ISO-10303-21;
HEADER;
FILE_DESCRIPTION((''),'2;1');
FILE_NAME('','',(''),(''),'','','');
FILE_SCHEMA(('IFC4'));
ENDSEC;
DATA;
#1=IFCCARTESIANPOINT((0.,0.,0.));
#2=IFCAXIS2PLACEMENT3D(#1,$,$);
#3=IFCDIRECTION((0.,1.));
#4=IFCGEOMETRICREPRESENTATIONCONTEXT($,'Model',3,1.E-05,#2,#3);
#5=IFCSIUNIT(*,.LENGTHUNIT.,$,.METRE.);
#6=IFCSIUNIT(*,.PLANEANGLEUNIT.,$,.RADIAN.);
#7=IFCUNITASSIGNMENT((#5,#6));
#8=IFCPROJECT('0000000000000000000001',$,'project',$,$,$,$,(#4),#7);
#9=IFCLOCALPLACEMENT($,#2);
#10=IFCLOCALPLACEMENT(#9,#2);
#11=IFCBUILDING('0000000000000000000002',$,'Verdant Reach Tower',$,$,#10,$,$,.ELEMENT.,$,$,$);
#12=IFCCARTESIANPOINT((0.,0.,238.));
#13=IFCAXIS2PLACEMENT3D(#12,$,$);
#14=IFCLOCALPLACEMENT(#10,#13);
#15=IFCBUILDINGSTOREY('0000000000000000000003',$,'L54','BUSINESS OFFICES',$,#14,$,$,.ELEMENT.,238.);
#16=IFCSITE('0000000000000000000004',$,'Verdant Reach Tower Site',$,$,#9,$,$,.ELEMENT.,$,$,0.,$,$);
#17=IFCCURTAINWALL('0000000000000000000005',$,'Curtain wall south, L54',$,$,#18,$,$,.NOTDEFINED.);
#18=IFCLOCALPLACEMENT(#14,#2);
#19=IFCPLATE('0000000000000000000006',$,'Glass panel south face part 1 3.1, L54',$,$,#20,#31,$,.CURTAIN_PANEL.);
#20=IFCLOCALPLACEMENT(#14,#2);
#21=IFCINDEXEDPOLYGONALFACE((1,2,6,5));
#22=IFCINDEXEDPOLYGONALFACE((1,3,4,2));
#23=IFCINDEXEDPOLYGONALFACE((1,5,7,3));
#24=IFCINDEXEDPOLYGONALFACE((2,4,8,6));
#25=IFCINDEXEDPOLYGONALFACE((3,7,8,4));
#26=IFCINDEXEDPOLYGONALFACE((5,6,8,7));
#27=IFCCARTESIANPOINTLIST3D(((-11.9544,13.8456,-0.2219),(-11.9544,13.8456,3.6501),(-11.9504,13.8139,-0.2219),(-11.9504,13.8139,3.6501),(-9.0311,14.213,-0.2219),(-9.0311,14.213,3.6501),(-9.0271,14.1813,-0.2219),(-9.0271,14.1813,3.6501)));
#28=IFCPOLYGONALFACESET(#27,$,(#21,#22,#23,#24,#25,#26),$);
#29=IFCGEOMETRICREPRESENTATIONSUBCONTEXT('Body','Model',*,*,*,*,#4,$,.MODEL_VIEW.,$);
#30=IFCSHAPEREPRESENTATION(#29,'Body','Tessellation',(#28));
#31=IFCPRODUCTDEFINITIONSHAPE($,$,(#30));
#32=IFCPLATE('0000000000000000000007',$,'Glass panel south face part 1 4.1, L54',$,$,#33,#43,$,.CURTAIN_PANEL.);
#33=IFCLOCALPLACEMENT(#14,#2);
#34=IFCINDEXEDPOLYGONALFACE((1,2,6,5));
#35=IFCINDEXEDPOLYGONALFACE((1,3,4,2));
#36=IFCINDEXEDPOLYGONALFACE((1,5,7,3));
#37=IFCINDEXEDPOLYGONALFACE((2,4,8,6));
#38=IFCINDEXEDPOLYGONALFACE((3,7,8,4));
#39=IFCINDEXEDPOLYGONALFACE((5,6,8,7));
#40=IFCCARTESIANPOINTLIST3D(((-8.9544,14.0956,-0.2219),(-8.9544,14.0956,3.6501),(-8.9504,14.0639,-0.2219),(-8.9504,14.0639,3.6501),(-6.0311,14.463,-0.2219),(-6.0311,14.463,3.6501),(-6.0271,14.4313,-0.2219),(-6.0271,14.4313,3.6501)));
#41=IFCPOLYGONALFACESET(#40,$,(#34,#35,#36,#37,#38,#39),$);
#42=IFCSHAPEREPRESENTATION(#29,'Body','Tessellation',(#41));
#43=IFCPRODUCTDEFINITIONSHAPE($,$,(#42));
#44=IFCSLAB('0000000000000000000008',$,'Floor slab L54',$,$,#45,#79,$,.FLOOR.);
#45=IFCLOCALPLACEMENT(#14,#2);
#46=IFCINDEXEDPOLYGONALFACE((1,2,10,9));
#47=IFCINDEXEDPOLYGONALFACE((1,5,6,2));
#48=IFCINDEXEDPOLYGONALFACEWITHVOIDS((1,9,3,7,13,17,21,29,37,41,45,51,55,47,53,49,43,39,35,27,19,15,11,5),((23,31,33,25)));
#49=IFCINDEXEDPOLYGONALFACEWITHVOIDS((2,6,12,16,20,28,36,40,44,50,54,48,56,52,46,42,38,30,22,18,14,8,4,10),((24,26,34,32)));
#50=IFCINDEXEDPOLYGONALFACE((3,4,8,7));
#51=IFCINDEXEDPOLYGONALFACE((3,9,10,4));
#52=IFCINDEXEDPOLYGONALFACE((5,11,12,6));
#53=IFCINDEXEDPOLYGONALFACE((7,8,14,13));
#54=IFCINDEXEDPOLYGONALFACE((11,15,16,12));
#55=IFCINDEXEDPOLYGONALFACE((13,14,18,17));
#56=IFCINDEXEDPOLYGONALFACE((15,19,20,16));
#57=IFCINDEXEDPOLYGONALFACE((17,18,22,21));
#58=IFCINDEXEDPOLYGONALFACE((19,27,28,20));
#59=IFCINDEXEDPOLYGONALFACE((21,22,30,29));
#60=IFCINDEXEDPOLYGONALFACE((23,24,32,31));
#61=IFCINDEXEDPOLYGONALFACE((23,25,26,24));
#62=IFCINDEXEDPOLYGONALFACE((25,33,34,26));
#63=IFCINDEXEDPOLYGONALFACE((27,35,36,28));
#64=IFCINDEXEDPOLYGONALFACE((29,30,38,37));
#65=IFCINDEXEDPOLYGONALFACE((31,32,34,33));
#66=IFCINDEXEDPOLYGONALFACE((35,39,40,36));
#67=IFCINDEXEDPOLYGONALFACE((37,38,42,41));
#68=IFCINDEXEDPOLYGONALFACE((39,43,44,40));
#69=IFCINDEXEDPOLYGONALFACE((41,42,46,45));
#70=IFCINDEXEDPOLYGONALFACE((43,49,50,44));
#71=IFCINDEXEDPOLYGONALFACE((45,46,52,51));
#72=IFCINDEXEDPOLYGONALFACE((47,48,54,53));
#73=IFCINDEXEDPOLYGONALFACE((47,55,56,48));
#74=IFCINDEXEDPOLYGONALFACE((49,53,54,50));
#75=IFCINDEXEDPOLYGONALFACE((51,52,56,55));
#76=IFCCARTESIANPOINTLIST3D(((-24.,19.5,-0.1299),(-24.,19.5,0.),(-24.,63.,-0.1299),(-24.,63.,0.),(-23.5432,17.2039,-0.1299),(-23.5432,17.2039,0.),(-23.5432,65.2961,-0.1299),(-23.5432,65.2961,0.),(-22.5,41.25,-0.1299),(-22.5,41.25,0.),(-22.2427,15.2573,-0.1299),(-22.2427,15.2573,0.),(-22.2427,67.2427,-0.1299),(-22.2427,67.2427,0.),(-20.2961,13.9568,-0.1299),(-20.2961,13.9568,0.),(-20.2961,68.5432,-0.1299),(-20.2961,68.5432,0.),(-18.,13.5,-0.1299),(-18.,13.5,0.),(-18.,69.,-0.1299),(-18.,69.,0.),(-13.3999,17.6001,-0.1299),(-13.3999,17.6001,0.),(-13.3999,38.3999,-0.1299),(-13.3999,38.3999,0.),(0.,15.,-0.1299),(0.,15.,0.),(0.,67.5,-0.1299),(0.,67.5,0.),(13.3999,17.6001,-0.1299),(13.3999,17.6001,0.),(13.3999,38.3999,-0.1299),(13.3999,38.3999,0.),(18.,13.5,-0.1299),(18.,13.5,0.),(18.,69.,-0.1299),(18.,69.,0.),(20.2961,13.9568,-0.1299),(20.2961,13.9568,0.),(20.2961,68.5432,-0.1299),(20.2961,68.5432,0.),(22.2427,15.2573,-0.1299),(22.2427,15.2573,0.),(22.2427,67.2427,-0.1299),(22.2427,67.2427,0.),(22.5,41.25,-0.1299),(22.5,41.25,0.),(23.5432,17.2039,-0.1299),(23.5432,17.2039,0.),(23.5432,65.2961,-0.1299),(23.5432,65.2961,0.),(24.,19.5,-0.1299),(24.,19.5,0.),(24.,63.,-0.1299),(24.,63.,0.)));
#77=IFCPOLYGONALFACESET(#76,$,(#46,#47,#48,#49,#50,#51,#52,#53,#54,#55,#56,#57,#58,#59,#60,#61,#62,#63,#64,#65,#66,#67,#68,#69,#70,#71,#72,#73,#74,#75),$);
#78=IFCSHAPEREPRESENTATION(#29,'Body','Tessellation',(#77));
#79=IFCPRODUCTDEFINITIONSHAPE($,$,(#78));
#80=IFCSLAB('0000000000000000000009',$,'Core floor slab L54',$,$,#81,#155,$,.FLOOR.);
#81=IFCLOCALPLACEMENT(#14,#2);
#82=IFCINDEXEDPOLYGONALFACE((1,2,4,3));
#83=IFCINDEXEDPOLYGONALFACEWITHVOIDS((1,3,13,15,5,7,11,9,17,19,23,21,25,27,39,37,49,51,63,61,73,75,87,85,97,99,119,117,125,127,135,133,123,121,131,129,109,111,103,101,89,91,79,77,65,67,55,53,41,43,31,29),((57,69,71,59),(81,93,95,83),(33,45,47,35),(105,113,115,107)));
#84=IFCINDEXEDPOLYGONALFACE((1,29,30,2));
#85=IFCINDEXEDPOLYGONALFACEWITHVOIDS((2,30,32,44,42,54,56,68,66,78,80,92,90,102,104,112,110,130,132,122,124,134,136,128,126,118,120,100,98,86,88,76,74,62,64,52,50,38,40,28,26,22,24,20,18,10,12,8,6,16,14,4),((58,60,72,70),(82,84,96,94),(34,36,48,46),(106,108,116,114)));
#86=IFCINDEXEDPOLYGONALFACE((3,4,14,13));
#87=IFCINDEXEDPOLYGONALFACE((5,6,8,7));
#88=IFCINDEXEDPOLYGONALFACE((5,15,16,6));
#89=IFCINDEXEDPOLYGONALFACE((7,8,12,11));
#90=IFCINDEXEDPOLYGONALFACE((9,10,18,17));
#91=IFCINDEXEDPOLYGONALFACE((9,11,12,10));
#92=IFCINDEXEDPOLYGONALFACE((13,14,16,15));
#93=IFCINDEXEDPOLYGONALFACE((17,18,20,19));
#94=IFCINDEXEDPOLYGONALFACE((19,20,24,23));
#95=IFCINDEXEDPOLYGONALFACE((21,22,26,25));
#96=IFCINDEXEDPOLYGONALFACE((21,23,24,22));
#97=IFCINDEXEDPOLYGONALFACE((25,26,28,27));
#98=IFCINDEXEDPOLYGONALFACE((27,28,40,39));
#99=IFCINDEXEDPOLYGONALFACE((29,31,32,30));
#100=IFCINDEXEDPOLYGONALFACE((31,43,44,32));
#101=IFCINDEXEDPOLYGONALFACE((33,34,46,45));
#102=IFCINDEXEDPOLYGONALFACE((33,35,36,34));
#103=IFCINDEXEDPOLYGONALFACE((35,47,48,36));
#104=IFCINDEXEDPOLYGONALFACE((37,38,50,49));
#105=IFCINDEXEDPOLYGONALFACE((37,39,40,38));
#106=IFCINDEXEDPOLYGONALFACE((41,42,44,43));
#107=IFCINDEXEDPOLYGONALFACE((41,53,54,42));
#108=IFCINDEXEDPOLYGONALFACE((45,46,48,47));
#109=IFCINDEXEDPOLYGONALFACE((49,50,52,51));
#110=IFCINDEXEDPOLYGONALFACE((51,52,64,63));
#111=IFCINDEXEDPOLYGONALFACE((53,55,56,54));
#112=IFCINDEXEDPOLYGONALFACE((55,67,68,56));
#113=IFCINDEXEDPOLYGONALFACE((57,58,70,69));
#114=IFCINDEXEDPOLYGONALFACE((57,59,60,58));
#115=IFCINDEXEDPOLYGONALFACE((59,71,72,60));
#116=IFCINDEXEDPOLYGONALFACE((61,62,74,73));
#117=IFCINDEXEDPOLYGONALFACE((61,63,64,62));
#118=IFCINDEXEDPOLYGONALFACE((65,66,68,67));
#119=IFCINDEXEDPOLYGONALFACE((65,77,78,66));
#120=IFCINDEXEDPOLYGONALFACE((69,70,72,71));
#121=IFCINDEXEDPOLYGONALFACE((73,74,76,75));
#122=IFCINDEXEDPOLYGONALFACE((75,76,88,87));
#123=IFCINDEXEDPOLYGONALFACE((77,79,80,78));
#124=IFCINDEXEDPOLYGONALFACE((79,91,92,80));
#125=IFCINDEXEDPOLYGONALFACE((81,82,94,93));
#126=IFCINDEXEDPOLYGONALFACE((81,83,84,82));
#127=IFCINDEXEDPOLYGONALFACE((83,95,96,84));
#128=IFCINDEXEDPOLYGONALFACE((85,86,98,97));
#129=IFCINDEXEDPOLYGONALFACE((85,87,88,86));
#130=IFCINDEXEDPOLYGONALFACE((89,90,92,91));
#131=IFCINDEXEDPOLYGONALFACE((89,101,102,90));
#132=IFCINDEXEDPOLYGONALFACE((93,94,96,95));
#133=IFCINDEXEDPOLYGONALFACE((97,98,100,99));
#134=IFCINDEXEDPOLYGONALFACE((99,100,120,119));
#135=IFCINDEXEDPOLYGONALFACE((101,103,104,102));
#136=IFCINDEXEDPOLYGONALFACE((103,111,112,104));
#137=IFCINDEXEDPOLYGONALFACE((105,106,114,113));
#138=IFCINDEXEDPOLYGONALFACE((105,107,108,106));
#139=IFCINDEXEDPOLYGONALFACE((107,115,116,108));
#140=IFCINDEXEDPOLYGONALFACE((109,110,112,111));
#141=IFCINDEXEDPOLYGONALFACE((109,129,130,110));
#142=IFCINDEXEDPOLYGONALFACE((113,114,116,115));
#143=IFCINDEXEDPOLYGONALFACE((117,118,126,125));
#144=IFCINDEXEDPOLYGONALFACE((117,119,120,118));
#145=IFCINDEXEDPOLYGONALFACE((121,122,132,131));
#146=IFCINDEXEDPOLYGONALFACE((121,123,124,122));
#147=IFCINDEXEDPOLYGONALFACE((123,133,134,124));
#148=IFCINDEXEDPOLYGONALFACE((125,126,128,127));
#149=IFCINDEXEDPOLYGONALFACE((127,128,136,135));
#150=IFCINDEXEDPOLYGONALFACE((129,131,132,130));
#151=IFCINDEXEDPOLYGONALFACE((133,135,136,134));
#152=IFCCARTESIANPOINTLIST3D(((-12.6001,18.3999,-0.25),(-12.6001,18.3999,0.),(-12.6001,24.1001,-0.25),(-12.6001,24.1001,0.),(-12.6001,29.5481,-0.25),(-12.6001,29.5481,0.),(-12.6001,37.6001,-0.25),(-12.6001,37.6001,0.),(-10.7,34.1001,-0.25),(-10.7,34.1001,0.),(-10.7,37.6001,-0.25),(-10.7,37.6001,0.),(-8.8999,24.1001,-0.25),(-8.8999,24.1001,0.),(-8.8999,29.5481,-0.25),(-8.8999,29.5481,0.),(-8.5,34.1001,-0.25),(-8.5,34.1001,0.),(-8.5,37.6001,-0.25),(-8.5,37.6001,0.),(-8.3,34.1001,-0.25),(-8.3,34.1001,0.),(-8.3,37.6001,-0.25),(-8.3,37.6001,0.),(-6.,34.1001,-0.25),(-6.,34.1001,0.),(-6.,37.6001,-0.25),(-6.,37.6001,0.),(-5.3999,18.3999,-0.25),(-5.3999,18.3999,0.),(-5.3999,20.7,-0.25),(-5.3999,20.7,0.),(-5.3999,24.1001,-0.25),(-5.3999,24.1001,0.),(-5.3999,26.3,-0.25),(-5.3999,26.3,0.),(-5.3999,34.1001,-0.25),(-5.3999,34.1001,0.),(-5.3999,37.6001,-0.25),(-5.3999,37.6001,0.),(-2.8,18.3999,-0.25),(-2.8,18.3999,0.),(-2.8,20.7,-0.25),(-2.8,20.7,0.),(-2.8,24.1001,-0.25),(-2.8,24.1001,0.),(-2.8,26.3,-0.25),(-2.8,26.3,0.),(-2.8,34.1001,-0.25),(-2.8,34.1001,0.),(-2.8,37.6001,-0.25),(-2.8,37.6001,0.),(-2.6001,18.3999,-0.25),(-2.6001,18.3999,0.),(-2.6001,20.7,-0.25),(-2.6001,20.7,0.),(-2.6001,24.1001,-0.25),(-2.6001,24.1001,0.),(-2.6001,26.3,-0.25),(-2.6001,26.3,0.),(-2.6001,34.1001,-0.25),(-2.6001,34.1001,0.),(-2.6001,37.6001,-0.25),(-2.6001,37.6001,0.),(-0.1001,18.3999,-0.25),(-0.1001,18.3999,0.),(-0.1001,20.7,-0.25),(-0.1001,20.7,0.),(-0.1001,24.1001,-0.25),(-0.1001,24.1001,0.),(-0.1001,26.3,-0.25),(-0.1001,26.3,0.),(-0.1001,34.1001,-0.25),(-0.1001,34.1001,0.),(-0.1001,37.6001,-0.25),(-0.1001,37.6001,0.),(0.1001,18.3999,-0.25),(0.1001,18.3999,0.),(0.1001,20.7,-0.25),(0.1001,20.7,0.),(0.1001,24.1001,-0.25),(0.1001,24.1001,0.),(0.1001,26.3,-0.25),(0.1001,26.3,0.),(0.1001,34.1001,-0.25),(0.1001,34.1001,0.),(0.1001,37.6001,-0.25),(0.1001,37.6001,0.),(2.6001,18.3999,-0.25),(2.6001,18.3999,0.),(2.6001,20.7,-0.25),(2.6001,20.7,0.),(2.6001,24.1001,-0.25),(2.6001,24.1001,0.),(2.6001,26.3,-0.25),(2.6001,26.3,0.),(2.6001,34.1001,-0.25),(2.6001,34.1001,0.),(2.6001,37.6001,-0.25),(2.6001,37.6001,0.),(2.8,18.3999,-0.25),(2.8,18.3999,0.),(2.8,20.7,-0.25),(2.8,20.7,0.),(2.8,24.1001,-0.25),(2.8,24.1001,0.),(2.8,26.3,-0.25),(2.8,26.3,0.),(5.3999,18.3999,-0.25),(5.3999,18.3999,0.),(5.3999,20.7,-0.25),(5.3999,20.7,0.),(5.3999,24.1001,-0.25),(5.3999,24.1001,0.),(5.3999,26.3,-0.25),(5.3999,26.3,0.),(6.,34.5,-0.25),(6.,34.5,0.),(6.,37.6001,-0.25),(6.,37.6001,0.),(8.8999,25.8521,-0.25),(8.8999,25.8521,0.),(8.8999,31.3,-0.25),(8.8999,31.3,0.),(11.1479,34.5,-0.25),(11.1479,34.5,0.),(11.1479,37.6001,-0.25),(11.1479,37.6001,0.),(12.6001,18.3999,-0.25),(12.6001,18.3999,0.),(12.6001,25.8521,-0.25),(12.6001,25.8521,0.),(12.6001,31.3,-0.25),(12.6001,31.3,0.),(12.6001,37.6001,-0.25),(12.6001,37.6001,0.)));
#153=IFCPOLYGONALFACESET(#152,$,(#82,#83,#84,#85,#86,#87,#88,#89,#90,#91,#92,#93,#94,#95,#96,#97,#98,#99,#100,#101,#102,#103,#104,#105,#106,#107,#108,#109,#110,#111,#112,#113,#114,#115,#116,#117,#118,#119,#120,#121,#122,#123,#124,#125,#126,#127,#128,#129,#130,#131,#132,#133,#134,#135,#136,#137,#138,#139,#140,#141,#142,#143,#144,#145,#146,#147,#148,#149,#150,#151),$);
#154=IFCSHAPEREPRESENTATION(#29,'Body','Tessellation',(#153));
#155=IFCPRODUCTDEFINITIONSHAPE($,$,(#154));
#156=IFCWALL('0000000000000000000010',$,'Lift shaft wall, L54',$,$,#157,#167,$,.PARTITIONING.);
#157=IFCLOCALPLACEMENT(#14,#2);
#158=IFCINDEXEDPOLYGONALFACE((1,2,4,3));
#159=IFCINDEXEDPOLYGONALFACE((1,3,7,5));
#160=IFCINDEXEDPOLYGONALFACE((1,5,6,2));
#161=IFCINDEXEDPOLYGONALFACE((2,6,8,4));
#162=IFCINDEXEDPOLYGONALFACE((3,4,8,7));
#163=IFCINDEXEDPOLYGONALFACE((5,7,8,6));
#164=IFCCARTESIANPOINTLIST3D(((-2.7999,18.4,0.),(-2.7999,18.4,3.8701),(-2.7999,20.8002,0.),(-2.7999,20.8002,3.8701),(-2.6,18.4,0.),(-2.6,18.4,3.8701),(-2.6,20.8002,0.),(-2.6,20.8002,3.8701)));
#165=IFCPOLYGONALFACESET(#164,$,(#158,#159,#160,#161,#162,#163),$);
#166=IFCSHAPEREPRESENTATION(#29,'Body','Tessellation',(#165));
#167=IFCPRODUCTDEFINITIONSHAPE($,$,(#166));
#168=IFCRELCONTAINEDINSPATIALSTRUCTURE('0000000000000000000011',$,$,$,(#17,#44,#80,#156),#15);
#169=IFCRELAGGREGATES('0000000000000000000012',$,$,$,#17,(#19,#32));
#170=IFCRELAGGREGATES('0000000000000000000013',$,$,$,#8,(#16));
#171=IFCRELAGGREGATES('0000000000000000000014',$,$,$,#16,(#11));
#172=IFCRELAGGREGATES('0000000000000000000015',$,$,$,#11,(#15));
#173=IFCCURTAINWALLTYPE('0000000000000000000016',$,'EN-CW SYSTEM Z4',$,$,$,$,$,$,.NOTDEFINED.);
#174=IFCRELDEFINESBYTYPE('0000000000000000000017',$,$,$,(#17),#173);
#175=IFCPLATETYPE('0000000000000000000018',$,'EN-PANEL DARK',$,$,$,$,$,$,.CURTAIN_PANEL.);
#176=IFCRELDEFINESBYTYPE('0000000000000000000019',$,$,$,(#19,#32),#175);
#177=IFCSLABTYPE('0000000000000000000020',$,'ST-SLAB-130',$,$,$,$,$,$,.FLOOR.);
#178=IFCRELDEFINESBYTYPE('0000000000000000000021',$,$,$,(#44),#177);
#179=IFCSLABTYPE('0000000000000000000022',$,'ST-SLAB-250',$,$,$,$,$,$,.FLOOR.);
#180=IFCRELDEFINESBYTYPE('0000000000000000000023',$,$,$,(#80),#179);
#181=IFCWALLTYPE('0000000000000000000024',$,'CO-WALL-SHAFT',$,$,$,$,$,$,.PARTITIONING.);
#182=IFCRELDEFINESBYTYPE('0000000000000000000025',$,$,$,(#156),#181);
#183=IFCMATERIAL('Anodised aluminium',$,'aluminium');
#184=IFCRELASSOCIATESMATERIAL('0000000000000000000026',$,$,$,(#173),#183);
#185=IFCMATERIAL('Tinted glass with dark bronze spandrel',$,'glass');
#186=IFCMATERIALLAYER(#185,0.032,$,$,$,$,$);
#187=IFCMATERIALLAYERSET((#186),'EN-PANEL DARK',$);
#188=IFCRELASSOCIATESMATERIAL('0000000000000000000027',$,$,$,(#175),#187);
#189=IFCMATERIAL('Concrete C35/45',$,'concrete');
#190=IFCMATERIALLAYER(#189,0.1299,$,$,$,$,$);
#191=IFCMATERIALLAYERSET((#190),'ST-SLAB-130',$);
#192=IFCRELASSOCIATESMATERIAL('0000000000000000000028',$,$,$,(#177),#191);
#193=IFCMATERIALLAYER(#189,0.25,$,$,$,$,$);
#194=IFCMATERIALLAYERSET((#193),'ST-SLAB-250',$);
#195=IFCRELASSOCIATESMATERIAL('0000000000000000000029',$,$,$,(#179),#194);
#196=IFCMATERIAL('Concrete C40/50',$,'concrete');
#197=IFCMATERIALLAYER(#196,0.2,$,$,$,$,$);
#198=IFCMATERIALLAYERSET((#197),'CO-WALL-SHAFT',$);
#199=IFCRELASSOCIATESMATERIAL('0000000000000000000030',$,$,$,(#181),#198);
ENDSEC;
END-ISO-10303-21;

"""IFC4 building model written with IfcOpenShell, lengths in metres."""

from ifc_helpers import new_model, si_unit, direction, frame, frame_2d, origin, origin_2d, place, context, subcontext, project, spatial, polyline, rectangle, outline, extrude, material, layer, layer_set, type_object, element, aggregate, save


model = new_model("IFC4")

# Units and contexts
model_context = context("Model", 3, precision=1e-05, world=origin(), true_north=direction((0.0, 1.0)))
body_context = subcontext(model_context, "Body", "Model", "MODEL_VIEW")
ifc_project = project(units=[si_unit("LENGTHUNIT", "METRE"), si_unit("PLANEANGLEUNIT", "RADIAN")], contexts=[model_context])

# Site, building, storey
site_placement = place(None, origin())
site = spatial("IfcSite", under=ifc_project, at=site_placement, Name="Verdant Reach Tower Site", CompositionType="ELEMENT", RefElevation=0.0)
building_placement = place(site_placement, origin())
building = spatial("IfcBuilding", under=site, at=building_placement, Name="Verdant Reach Tower", CompositionType="ELEMENT")
storey_placement = place(building_placement, frame((0.0, 0.0, 238.0)))
storey = spatial("IfcBuildingStorey", under=building, at=storey_placement, Name="L54", Description="BUSINESS OFFICES", CompositionType="ELEMENT", Elevation=238.0)

# Curtain wall
ifc_material_1 = material(Name="Anodised aluminium", Category="aluminium")
curtain_wall_type = type_object("IfcCurtainWallType", Name="EN-CW SYSTEM Z4", PredefinedType="NOTDEFINED", material=ifc_material_1)
curtain_wall_placement = place(storey_placement, origin())
curtain_wall = element("IfcCurtainWall", 1, at=curtain_wall_placement, inside=storey, type_object=curtain_wall_type, Name="Curtain wall south, L54", PredefinedType="NOTDEFINED")

# Shared definitions
ifc_material_2 = material(Name="Concrete C40/50", Category="concrete")

# Plates
ifc_material_3 = material(Name="Tinted glass with dark bronze spandrel", Category="glass")
ifc_layer_1 = layer(ifc_material_3, 0.032)
ifc_layer_set_1 = layer_set([ifc_layer_1], Name="EN-PANEL DARK")
plate_type_1 = type_object("IfcPlateType", Name="EN-PANEL DARK", PredefinedType="CURTAIN_PANEL", material=ifc_layer_set_1)
plate_1_placement = place(storey_placement, frame((-10.4907, 14.0134, -0.2219), z_axis=(0.0, 0.0, 1.0), x_axis=(0.992194, 0.124704, 0.0)))
plate_1 = element("IfcPlate", 2, at=plate_1_placement, type_object=plate_type_1, Name="Glass panel south face part 1 3.1, L54", PredefinedType="CURTAIN_PANEL", context=body_context, shape_type="SweptSolid", body=[
    extrude(rectangle(XDim=2.9463, YDim=0.032, at=origin_2d()), origin(), (0.0, 0.0, 1.0), 3.8721),
])
plate_2_placement = place(storey_placement, frame((-7.4907, 14.2634, -0.2219), z_axis=(0.0, 0.0, 1.0), x_axis=(0.992194, 0.124704, 0.0)))
plate_2 = element("IfcPlate", 3, at=plate_2_placement, type_object=plate_type_1, Name="Glass panel south face part 1 4.1, L54", PredefinedType="CURTAIN_PANEL", context=body_context, shape_type="SweptSolid", body=[
    extrude(rectangle(XDim=2.9463, YDim=0.032, at=origin_2d()), origin(), (0.0, 0.0, 1.0), 3.8721),
])
aggregate(curtain_wall, [plate_1, plate_2])

# Slabs
ifc_material_4 = material(Name="Concrete C35/45", Category="concrete")
ifc_layer_2 = layer(ifc_material_4, 0.1299)
ifc_layer_set_2 = layer_set([ifc_layer_2], Name="ST-SLAB-130")
slab_type_1 = type_object("IfcSlabType", Name="ST-SLAB-130", PredefinedType="FLOOR", material=ifc_layer_set_2)
slab_1_placement = place(storey_placement, frame((0.0, 0.0, -0.1299)))
element("IfcSlab", 4, at=slab_1_placement, inside=storey, type_object=slab_type_1, Name="Floor slab L54", PredefinedType="FLOOR", context=body_context, shape_type="SweptSolid", body=[
    extrude(outline(polyline([(0.0, 15.0), (-18.0, 13.5), (-20.2961, 13.9568), (-22.2427, 15.2573), (-23.5432, 17.2039), (-24.0, 19.5), (-22.5, 41.25), (-24.0, 63.0), (-23.5432, 65.2961), (-22.2427, 67.2427), (-20.2961, 68.5432), (-18.0, 69.0), (0.0, 67.5), (18.0, 69.0), (20.2961, 68.5432), (22.2427, 67.2427), (23.5432, 65.2961), (24.0, 63.0), (22.5, 41.25), (24.0, 19.5), (23.5432, 17.2039), (22.2427, 15.2573), (20.2961, 13.9568), (18.0, 13.5), (0.0, 15.0)]), holes=[polyline([(13.3999, 38.3999), (-13.3999, 38.3999), (-13.3999, 17.6001), (13.3999, 17.6001), (13.3999, 38.3999)])]), origin(), (0.0, 0.0, 1.0), 0.1299),
])
ifc_layer_3 = layer(ifc_material_4, 0.25)
ifc_layer_set_3 = layer_set([ifc_layer_3], Name="ST-SLAB-250")
slab_type_2 = type_object("IfcSlabType", Name="ST-SLAB-250", PredefinedType="FLOOR", material=ifc_layer_set_3)
slab_2_placement = place(storey_placement, frame((0.0, 0.0, -0.25)))
element("IfcSlab", 5, at=slab_2_placement, inside=storey, type_object=slab_type_2, Name="Core floor slab L54", PredefinedType="FLOOR", context=body_context, shape_type="SweptSolid", body=[
    extrude(outline(polyline([(12.6001, 18.3999), (5.3999, 18.3999), (5.3999, 20.7), (2.8, 20.7), (2.8, 18.3999), (2.6001, 18.3999), (2.6001, 20.7), (0.1001, 20.7), (0.1001, 18.3999), (-0.1001, 18.3999), (-0.1001, 20.7), (-2.6001, 20.7), (-2.6001, 18.3999), (-2.8, 18.3999), (-2.8, 20.7), (-5.3999, 20.7), (-5.3999, 18.3999), (-12.6001, 18.3999), (-12.6001, 24.1001), (-8.8999, 24.1001), (-8.8999, 29.5481), (-12.6001, 29.5481), (-12.6001, 37.6001), (-10.7, 37.6001), (-10.7, 34.1001), (-8.5, 34.1001), (-8.5, 37.6001), (-8.3, 37.6001), (-8.3, 34.1001), (-6.0, 34.1001), (-6.0, 37.6001), (-5.3999, 37.6001), (-5.3999, 34.1001), (-2.8, 34.1001), (-2.8, 37.6001), (-2.6001, 37.6001), (-2.6001, 34.1001), (-0.1001, 34.1001), (-0.1001, 37.6001), (0.1001, 37.6001), (0.1001, 34.1001), (2.6001, 34.1001), (2.6001, 37.6001), (6.0, 37.6001), (6.0, 34.5), (11.1479, 34.5), (11.1479, 37.6001), (12.6001, 37.6001), (12.6001, 31.3), (8.8999, 31.3), (8.8999, 25.8521), (12.6001, 25.8521), (12.6001, 18.3999)]), holes=[polyline([(-2.8, 24.1001), (-2.8, 26.3), (-5.3999, 26.3), (-5.3999, 24.1001), (-2.8, 24.1001)]), polyline([(-0.1001, 24.1001), (-0.1001, 26.3), (-2.6001, 26.3), (-2.6001, 24.1001), (-0.1001, 24.1001)]), polyline([(2.6001, 24.1001), (2.6001, 26.3), (0.1001, 26.3), (0.1001, 24.1001), (2.6001, 24.1001)]), polyline([(5.3999, 24.1001), (5.3999, 26.3), (2.8, 26.3), (2.8, 24.1001), (5.3999, 24.1001)])]), origin(), (0.0, 0.0, 1.0), 0.25),
])

# Wall
ifc_layer_4 = layer(ifc_material_2, 0.2)
ifc_layer_set_4 = layer_set([ifc_layer_4], Name="CO-WALL-SHAFT")
wall_type_1 = type_object("IfcWallType", Name="CO-WALL-SHAFT", PredefinedType="PARTITIONING", material=ifc_layer_set_4)
wall_1_placement = place(storey_placement, frame((-2.7, 18.3999, 0.0), z_axis=(0.0, 0.0, 1.0), x_axis=(0.0, 1.0, 0.0)))
element("IfcWall", 6, at=wall_1_placement, inside=storey, type_object=wall_type_1, Name="Lift shaft wall, L54", PredefinedType="PARTITIONING", context=body_context, shape_type="SweptSolid", body=[
    extrude(rectangle(XDim=2.4001, YDim=0.2, at=frame_2d((1.2002, 0.0))), origin(), (0.0, 0.0, 1.0), 3.8701),
])

save(model, "model.ifc")
